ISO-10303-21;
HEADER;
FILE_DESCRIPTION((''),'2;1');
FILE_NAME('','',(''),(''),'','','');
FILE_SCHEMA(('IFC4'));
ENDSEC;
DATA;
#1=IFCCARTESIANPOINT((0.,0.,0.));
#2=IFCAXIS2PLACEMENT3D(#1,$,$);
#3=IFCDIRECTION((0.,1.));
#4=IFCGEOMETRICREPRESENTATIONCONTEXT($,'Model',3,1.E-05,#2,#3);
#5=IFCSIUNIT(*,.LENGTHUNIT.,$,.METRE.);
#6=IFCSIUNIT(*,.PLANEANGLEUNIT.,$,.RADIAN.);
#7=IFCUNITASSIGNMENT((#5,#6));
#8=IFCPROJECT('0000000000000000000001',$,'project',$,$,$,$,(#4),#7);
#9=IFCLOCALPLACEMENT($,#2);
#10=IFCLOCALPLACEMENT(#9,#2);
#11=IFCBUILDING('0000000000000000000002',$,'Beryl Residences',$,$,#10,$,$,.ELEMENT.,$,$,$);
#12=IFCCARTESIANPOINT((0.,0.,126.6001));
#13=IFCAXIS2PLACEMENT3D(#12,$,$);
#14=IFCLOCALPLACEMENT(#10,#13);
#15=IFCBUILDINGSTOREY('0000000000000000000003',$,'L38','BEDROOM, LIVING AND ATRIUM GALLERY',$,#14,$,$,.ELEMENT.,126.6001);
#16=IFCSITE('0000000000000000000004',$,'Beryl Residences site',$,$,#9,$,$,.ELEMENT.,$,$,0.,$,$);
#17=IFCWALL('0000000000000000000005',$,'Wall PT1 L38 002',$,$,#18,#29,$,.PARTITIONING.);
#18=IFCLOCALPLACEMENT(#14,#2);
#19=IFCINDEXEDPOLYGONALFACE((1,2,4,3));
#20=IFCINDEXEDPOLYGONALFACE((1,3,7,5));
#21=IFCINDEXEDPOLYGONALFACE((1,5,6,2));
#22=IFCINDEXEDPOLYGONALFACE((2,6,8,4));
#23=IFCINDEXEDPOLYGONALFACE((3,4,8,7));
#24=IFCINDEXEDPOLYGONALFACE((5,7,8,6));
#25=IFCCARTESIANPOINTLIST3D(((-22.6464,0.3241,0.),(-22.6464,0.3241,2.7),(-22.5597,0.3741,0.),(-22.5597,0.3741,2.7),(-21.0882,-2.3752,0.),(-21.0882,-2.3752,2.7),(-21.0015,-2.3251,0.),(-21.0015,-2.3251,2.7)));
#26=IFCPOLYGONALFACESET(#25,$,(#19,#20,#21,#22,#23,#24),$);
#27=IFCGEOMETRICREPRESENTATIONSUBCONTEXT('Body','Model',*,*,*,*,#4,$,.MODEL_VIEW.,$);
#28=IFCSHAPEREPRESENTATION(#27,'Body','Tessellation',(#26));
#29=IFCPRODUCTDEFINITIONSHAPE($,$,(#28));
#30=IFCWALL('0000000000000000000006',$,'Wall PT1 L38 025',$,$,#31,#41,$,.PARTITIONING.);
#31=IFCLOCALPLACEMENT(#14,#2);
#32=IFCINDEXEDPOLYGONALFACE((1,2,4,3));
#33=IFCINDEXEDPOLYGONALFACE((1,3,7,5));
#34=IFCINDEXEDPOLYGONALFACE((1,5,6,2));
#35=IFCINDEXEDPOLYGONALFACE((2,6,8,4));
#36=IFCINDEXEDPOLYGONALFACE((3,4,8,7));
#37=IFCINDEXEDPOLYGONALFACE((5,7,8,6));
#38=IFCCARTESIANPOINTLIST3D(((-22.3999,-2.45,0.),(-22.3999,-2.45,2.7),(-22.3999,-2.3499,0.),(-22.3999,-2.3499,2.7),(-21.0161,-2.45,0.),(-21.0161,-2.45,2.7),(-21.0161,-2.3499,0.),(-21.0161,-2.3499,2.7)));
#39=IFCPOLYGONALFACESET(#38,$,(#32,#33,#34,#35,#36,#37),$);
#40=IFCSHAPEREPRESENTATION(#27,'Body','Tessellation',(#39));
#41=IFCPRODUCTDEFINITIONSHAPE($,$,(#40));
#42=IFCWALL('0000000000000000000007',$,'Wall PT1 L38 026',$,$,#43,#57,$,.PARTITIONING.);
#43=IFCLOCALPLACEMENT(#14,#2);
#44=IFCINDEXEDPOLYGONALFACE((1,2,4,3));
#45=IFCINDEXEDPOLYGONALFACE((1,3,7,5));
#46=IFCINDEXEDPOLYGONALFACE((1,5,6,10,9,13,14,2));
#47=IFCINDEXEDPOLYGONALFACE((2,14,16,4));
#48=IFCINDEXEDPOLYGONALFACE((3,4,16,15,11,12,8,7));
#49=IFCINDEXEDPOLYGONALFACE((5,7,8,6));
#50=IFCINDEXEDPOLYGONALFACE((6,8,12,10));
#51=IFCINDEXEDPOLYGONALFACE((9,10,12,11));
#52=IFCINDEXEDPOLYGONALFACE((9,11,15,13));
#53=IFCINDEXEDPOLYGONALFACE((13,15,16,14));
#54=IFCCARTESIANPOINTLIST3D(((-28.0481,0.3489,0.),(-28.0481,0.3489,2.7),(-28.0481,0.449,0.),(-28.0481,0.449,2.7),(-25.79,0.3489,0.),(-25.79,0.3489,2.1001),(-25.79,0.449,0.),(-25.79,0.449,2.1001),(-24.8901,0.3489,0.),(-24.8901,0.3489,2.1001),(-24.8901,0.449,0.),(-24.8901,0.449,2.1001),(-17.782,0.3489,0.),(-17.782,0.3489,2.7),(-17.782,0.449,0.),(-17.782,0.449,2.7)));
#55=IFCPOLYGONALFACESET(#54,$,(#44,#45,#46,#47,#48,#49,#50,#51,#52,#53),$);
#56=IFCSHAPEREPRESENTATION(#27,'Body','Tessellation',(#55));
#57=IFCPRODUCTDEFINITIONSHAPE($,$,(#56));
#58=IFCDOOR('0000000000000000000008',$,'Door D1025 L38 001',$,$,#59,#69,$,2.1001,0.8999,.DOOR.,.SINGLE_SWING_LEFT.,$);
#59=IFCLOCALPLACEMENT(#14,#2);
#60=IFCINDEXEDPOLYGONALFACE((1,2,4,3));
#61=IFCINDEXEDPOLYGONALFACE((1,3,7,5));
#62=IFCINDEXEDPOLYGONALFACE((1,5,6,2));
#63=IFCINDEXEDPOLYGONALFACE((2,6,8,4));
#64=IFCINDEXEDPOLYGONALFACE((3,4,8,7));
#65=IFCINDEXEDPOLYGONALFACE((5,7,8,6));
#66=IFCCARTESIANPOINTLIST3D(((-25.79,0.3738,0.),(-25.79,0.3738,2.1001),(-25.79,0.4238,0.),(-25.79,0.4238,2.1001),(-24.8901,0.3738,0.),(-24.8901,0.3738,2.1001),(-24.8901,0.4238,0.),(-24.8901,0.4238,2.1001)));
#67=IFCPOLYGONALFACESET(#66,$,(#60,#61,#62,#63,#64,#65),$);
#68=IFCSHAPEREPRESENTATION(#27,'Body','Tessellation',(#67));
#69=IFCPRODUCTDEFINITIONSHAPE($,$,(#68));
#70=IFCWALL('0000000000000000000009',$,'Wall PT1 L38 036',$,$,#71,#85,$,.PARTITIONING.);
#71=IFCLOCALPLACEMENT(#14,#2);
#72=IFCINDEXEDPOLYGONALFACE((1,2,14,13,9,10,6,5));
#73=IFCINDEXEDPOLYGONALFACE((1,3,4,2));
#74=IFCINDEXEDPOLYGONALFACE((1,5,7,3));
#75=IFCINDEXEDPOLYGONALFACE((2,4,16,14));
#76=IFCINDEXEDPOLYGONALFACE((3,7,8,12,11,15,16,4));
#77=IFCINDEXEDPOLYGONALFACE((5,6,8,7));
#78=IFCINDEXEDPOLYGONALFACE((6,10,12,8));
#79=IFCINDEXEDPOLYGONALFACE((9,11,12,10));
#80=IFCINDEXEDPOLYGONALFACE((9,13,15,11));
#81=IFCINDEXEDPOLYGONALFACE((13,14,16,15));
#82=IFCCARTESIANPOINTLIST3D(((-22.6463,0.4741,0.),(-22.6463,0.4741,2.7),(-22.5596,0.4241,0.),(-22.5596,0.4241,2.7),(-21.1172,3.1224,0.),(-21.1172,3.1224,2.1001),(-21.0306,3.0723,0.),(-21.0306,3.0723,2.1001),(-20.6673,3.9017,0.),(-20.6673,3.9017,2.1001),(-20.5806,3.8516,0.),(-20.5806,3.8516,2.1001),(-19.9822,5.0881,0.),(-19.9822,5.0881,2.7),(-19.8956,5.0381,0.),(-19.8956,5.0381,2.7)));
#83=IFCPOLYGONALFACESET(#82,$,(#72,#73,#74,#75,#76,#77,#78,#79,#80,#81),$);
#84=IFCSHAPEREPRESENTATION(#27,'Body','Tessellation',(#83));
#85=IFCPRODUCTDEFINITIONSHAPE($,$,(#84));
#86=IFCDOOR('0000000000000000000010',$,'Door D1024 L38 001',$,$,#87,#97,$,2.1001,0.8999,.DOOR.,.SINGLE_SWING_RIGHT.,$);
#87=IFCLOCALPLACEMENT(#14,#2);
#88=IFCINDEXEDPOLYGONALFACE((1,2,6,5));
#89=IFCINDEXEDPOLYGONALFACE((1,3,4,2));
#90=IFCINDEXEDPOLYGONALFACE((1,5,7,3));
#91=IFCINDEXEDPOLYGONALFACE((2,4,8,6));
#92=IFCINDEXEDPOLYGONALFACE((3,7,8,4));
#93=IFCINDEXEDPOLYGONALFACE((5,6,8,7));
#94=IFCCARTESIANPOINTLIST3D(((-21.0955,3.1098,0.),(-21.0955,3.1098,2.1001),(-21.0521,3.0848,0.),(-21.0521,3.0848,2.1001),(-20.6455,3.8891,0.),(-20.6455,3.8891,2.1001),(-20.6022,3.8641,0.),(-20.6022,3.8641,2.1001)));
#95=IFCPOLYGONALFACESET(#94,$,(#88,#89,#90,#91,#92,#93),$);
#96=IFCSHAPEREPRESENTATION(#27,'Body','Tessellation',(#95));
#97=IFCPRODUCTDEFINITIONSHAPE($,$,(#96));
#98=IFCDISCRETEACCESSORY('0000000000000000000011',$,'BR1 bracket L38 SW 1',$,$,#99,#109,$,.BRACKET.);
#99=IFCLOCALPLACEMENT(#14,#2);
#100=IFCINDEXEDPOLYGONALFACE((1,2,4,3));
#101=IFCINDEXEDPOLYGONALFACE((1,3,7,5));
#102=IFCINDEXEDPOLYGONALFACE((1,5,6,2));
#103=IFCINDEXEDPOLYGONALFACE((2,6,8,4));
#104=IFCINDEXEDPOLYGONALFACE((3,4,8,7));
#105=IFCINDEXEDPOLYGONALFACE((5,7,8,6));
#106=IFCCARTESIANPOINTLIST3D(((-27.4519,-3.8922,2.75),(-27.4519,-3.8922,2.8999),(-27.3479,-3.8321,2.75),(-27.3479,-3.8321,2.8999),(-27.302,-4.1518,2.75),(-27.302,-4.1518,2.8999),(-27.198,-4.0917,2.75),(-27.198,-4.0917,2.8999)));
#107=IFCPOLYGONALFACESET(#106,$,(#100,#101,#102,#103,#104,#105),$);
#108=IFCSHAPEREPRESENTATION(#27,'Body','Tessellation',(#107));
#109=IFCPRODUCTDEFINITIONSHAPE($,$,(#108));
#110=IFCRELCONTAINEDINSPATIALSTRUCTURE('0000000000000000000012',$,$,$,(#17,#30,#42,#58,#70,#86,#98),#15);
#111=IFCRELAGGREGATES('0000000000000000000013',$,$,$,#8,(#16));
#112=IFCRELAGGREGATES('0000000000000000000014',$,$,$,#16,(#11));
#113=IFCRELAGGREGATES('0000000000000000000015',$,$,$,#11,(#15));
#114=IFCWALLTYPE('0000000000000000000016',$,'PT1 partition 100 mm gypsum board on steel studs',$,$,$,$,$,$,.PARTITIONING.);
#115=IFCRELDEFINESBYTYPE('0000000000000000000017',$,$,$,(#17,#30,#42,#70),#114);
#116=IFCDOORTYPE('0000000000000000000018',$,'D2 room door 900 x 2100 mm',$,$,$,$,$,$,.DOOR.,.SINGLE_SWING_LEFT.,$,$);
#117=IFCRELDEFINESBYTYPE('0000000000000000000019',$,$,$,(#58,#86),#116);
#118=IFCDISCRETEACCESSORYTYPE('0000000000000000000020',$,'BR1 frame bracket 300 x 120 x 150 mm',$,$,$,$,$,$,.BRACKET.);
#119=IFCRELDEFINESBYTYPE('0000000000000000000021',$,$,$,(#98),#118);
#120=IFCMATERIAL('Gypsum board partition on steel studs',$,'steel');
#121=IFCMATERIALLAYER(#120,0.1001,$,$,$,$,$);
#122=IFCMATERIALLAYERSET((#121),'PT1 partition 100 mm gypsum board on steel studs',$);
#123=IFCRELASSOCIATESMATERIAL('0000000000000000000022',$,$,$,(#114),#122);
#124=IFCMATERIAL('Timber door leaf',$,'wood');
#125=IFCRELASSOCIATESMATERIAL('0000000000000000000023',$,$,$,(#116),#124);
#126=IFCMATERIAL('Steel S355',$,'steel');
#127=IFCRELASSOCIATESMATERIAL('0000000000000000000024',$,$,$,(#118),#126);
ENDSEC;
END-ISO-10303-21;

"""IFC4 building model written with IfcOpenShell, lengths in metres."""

from ifc_helpers import new_model, si_unit, direction, frame, frame_2d, origin, place, context, subcontext, project, spatial, polyline, rectangle, outline, extrude, source, transform, mapped, material, layer, layer_set, type_object, type_shapes, element, fill, save


model = new_model("IFC4")

# Units and contexts
model_context = context("Model", 3, precision=1e-05, world=origin(), true_north=direction((0.0, 1.0)))
body_context = subcontext(model_context, "Body", "Model", "MODEL_VIEW")
ifc_project = project(units=[si_unit("LENGTHUNIT", "METRE"), si_unit("PLANEANGLEUNIT", "RADIAN")], contexts=[model_context])

# Site, building, storey
site_placement = place(None, origin())
site = spatial("IfcSite", under=ifc_project, at=site_placement, Name="Beryl Residences site", CompositionType="ELEMENT", RefElevation=0.0)
building_placement = place(site_placement, origin())
building = spatial("IfcBuilding", under=site, at=building_placement, Name="Beryl Residences", CompositionType="ELEMENT")
storey_placement = place(building_placement, frame((0.0, 0.0, 126.6001)))
storey = spatial("IfcBuildingStorey", under=building, at=storey_placement, Name="L38", Description="BEDROOM, LIVING AND ATRIUM GALLERY", CompositionType="ELEMENT", Elevation=126.6001)

# Walls
ifc_material_1 = material(Name="Gypsum board partition on steel studs", Category="steel")
ifc_layer_1 = layer(ifc_material_1, 0.1001)
ifc_layer_set_1 = layer_set([ifc_layer_1], Name="PT1 partition 100 mm gypsum board on steel studs")
wall_type_1 = type_object("IfcWallType", Name="PT1 partition 100 mm gypsum board on steel studs", PredefinedType="PARTITIONING", material=ifc_layer_set_1)
wall_1_placement = place(storey_placement, frame((-22.603, 0.3491, 0.0), z_axis=(0.0, 0.0, 1.0), x_axis=(0.49993, -0.866066, 0.0)))
element("IfcWall", 1, at=wall_1_placement, inside=storey, type_object=wall_type_1, Name="Wall PT1 L38 002", PredefinedType="PARTITIONING", context=body_context, shape_type="SweptSolid", body=[
    extrude(rectangle(XDim=3.1167, YDim=0.1001, at=frame_2d((1.5583, 0.0))), origin(), (0.0, 0.0, 1.0), 2.7),
])
wall_2_placement = place(storey_placement, frame((-22.3999, -2.3999, 0.0), z_axis=(0.0, 0.0, 1.0), x_axis=(1.0, 0.0, 0.0)))
element("IfcWall", 2, at=wall_2_placement, inside=storey, type_object=wall_type_1, Name="Wall PT1 L38 025", PredefinedType="PARTITIONING", context=body_context, shape_type="SweptSolid", body=[
    extrude(rectangle(XDim=1.3838, YDim=0.1001, at=frame_2d((0.6919, 0.0))), origin(), (0.0, 0.0, 1.0), 2.7),
])

# Walls, openings, doors
wall_3_placement = place(storey_placement, frame((-28.0481, 0.3989, 0.0), z_axis=(0.0, 0.0, 1.0), x_axis=(1.0, 0.0, 0.0)))
wall_3 = element("IfcWall", 3, at=wall_3_placement, inside=storey, type_object=wall_type_1, Name="Wall PT1 L38 026", PredefinedType="PARTITIONING", context=body_context, shape_type="SweptSolid", body=[
    extrude(rectangle(XDim=10.2661, YDim=0.1001, at=frame_2d((5.1331, 0.0))), origin(), (0.0, 0.0, 1.0), 2.7),
])
opening_1_placement = place(wall_3_placement, frame((2.2581, 0.0, 0.0)))
opening_1 = element("IfcOpeningElement", 4, at=opening_1_placement, cuts=wall_3, PredefinedType="OPENING", context=body_context, shape_type="SweptSolid", body=[
    extrude(rectangle(XDim=0.8999, YDim=2.1001, at=frame_2d((0.45, 1.05))), frame((0.0, 0.0601, 0.0), z_axis=(0.0, -1.0, 0.0), x_axis=(1.0, 0.0, 0.0)), (0.0, 0.0, 1.0), 0.1201),
])
ifc_material_2 = material(Name="Timber door leaf", Category="wood")
door_type = type_object("IfcDoorType", Name="D2 room door 900 x 2100 mm", OperationType="SINGLE_SWING_LEFT", PredefinedType="DOOR", material=ifc_material_2)
door_1_placement = place(opening_1_placement, origin())
door_1 = element("IfcDoor", 5, at=door_1_placement, inside=storey, type_object=door_type, Name="Door D1025 L38 001", OperationType="SINGLE_SWING_LEFT", OverallHeight=2.1001, OverallWidth=0.8999, PredefinedType="DOOR", context=body_context, shape_type="SweptSolid", body=[
    extrude(rectangle(XDim=0.8999, YDim=2.1001, at=frame_2d((0.45, 1.05))), frame((0.0, 0.0249, 0.0), z_axis=(0.0, -1.0, 0.0), x_axis=(1.0, 0.0, 0.0)), (0.0, 0.0, 1.0), 0.05),
])
fill(opening_1, door_1)
wall_4_placement = place(storey_placement, frame((-22.603, 0.449, 0.0), z_axis=(0.0, 0.0, 1.0), x_axis=(0.500023, 0.866012, 0.0)))
wall_4 = element("IfcWall", 6, at=wall_4_placement, inside=storey, type_object=wall_type_1, Name="Wall PT1 L38 036", PredefinedType="PARTITIONING", context=body_context, shape_type="SweptSolid", body=[
    extrude(rectangle(XDim=5.3279, YDim=0.1001, at=frame_2d((2.6641, 0.0))), origin(), (0.0, 0.0, 1.0), 2.7),
])
opening_2_placement = place(wall_4_placement, frame((3.0581, 0.0, 0.0)))
opening_2 = element("IfcOpeningElement", 7, at=opening_2_placement, cuts=wall_4, PredefinedType="OPENING", context=body_context, shape_type="SweptSolid", body=[
    extrude(rectangle(XDim=0.8999, YDim=2.1001, at=frame_2d((0.45, 1.05))), frame((0.0, 0.0601, 0.0), z_axis=(0.0, -1.0, 0.0), x_axis=(1.0, 0.0, 0.0)), (0.0, 0.0, 1.0), 0.1201),
])
door_2_placement = place(opening_2_placement, origin())
door_2 = element("IfcDoor", 8, at=door_2_placement, inside=storey, type_object=door_type, Name="Door D1024 L38 001", OperationType="SINGLE_SWING_RIGHT", OverallHeight=2.1001, OverallWidth=0.8999, PredefinedType="DOOR", context=body_context, shape_type="SweptSolid", body=[
    extrude(rectangle(XDim=0.8999, YDim=2.1001, at=frame_2d((0.45, 1.05))), frame((0.0, 0.0249, 0.0), z_axis=(0.0, -1.0, 0.0), x_axis=(1.0, 0.0, 0.0)), (0.0, 0.0, 1.0), 0.05),
])
fill(opening_2, door_2)

# Discrete accessory
ifc_material_3 = material(Name="Steel S355", Category="steel")
discrete_accessory_type = type_object("IfcDiscreteAccessoryType", Name="BR1 frame bracket 300 x 120 x 150 mm", PredefinedType="BRACKET", material=ifc_material_3)
shared_shape_1 = source(origin(), body_context, "Body", "SweptSolid", [
    extrude(outline(polyline([(-0.1499, 0.0), (0.1499, 0.0), (0.1499, 0.1201), (-0.1499, 0.1201), (-0.1499, 0.0)])), origin(), (0.0, 0.0, 1.0), 0.1499),
])
type_shapes(discrete_accessory_type, [shared_shape_1])
discrete_accessory_placement = place(storey_placement, frame((-27.2729, -3.9619, 2.75), z_axis=(0.0, 0.0, 1.0), x_axis=(-0.5, 0.866025, 0.0)))
element("IfcDiscreteAccessory", 9, at=discrete_accessory_placement, inside=storey, type_object=discrete_accessory_type, Name="BR1 bracket L38 SW 1", PredefinedType="BRACKET", context=body_context, shape_type="MappedRepresentation", body=[
    mapped(shared_shape_1, transform((0.0, 0.0, 0.0))),
])

save(model, "model.ifc")
